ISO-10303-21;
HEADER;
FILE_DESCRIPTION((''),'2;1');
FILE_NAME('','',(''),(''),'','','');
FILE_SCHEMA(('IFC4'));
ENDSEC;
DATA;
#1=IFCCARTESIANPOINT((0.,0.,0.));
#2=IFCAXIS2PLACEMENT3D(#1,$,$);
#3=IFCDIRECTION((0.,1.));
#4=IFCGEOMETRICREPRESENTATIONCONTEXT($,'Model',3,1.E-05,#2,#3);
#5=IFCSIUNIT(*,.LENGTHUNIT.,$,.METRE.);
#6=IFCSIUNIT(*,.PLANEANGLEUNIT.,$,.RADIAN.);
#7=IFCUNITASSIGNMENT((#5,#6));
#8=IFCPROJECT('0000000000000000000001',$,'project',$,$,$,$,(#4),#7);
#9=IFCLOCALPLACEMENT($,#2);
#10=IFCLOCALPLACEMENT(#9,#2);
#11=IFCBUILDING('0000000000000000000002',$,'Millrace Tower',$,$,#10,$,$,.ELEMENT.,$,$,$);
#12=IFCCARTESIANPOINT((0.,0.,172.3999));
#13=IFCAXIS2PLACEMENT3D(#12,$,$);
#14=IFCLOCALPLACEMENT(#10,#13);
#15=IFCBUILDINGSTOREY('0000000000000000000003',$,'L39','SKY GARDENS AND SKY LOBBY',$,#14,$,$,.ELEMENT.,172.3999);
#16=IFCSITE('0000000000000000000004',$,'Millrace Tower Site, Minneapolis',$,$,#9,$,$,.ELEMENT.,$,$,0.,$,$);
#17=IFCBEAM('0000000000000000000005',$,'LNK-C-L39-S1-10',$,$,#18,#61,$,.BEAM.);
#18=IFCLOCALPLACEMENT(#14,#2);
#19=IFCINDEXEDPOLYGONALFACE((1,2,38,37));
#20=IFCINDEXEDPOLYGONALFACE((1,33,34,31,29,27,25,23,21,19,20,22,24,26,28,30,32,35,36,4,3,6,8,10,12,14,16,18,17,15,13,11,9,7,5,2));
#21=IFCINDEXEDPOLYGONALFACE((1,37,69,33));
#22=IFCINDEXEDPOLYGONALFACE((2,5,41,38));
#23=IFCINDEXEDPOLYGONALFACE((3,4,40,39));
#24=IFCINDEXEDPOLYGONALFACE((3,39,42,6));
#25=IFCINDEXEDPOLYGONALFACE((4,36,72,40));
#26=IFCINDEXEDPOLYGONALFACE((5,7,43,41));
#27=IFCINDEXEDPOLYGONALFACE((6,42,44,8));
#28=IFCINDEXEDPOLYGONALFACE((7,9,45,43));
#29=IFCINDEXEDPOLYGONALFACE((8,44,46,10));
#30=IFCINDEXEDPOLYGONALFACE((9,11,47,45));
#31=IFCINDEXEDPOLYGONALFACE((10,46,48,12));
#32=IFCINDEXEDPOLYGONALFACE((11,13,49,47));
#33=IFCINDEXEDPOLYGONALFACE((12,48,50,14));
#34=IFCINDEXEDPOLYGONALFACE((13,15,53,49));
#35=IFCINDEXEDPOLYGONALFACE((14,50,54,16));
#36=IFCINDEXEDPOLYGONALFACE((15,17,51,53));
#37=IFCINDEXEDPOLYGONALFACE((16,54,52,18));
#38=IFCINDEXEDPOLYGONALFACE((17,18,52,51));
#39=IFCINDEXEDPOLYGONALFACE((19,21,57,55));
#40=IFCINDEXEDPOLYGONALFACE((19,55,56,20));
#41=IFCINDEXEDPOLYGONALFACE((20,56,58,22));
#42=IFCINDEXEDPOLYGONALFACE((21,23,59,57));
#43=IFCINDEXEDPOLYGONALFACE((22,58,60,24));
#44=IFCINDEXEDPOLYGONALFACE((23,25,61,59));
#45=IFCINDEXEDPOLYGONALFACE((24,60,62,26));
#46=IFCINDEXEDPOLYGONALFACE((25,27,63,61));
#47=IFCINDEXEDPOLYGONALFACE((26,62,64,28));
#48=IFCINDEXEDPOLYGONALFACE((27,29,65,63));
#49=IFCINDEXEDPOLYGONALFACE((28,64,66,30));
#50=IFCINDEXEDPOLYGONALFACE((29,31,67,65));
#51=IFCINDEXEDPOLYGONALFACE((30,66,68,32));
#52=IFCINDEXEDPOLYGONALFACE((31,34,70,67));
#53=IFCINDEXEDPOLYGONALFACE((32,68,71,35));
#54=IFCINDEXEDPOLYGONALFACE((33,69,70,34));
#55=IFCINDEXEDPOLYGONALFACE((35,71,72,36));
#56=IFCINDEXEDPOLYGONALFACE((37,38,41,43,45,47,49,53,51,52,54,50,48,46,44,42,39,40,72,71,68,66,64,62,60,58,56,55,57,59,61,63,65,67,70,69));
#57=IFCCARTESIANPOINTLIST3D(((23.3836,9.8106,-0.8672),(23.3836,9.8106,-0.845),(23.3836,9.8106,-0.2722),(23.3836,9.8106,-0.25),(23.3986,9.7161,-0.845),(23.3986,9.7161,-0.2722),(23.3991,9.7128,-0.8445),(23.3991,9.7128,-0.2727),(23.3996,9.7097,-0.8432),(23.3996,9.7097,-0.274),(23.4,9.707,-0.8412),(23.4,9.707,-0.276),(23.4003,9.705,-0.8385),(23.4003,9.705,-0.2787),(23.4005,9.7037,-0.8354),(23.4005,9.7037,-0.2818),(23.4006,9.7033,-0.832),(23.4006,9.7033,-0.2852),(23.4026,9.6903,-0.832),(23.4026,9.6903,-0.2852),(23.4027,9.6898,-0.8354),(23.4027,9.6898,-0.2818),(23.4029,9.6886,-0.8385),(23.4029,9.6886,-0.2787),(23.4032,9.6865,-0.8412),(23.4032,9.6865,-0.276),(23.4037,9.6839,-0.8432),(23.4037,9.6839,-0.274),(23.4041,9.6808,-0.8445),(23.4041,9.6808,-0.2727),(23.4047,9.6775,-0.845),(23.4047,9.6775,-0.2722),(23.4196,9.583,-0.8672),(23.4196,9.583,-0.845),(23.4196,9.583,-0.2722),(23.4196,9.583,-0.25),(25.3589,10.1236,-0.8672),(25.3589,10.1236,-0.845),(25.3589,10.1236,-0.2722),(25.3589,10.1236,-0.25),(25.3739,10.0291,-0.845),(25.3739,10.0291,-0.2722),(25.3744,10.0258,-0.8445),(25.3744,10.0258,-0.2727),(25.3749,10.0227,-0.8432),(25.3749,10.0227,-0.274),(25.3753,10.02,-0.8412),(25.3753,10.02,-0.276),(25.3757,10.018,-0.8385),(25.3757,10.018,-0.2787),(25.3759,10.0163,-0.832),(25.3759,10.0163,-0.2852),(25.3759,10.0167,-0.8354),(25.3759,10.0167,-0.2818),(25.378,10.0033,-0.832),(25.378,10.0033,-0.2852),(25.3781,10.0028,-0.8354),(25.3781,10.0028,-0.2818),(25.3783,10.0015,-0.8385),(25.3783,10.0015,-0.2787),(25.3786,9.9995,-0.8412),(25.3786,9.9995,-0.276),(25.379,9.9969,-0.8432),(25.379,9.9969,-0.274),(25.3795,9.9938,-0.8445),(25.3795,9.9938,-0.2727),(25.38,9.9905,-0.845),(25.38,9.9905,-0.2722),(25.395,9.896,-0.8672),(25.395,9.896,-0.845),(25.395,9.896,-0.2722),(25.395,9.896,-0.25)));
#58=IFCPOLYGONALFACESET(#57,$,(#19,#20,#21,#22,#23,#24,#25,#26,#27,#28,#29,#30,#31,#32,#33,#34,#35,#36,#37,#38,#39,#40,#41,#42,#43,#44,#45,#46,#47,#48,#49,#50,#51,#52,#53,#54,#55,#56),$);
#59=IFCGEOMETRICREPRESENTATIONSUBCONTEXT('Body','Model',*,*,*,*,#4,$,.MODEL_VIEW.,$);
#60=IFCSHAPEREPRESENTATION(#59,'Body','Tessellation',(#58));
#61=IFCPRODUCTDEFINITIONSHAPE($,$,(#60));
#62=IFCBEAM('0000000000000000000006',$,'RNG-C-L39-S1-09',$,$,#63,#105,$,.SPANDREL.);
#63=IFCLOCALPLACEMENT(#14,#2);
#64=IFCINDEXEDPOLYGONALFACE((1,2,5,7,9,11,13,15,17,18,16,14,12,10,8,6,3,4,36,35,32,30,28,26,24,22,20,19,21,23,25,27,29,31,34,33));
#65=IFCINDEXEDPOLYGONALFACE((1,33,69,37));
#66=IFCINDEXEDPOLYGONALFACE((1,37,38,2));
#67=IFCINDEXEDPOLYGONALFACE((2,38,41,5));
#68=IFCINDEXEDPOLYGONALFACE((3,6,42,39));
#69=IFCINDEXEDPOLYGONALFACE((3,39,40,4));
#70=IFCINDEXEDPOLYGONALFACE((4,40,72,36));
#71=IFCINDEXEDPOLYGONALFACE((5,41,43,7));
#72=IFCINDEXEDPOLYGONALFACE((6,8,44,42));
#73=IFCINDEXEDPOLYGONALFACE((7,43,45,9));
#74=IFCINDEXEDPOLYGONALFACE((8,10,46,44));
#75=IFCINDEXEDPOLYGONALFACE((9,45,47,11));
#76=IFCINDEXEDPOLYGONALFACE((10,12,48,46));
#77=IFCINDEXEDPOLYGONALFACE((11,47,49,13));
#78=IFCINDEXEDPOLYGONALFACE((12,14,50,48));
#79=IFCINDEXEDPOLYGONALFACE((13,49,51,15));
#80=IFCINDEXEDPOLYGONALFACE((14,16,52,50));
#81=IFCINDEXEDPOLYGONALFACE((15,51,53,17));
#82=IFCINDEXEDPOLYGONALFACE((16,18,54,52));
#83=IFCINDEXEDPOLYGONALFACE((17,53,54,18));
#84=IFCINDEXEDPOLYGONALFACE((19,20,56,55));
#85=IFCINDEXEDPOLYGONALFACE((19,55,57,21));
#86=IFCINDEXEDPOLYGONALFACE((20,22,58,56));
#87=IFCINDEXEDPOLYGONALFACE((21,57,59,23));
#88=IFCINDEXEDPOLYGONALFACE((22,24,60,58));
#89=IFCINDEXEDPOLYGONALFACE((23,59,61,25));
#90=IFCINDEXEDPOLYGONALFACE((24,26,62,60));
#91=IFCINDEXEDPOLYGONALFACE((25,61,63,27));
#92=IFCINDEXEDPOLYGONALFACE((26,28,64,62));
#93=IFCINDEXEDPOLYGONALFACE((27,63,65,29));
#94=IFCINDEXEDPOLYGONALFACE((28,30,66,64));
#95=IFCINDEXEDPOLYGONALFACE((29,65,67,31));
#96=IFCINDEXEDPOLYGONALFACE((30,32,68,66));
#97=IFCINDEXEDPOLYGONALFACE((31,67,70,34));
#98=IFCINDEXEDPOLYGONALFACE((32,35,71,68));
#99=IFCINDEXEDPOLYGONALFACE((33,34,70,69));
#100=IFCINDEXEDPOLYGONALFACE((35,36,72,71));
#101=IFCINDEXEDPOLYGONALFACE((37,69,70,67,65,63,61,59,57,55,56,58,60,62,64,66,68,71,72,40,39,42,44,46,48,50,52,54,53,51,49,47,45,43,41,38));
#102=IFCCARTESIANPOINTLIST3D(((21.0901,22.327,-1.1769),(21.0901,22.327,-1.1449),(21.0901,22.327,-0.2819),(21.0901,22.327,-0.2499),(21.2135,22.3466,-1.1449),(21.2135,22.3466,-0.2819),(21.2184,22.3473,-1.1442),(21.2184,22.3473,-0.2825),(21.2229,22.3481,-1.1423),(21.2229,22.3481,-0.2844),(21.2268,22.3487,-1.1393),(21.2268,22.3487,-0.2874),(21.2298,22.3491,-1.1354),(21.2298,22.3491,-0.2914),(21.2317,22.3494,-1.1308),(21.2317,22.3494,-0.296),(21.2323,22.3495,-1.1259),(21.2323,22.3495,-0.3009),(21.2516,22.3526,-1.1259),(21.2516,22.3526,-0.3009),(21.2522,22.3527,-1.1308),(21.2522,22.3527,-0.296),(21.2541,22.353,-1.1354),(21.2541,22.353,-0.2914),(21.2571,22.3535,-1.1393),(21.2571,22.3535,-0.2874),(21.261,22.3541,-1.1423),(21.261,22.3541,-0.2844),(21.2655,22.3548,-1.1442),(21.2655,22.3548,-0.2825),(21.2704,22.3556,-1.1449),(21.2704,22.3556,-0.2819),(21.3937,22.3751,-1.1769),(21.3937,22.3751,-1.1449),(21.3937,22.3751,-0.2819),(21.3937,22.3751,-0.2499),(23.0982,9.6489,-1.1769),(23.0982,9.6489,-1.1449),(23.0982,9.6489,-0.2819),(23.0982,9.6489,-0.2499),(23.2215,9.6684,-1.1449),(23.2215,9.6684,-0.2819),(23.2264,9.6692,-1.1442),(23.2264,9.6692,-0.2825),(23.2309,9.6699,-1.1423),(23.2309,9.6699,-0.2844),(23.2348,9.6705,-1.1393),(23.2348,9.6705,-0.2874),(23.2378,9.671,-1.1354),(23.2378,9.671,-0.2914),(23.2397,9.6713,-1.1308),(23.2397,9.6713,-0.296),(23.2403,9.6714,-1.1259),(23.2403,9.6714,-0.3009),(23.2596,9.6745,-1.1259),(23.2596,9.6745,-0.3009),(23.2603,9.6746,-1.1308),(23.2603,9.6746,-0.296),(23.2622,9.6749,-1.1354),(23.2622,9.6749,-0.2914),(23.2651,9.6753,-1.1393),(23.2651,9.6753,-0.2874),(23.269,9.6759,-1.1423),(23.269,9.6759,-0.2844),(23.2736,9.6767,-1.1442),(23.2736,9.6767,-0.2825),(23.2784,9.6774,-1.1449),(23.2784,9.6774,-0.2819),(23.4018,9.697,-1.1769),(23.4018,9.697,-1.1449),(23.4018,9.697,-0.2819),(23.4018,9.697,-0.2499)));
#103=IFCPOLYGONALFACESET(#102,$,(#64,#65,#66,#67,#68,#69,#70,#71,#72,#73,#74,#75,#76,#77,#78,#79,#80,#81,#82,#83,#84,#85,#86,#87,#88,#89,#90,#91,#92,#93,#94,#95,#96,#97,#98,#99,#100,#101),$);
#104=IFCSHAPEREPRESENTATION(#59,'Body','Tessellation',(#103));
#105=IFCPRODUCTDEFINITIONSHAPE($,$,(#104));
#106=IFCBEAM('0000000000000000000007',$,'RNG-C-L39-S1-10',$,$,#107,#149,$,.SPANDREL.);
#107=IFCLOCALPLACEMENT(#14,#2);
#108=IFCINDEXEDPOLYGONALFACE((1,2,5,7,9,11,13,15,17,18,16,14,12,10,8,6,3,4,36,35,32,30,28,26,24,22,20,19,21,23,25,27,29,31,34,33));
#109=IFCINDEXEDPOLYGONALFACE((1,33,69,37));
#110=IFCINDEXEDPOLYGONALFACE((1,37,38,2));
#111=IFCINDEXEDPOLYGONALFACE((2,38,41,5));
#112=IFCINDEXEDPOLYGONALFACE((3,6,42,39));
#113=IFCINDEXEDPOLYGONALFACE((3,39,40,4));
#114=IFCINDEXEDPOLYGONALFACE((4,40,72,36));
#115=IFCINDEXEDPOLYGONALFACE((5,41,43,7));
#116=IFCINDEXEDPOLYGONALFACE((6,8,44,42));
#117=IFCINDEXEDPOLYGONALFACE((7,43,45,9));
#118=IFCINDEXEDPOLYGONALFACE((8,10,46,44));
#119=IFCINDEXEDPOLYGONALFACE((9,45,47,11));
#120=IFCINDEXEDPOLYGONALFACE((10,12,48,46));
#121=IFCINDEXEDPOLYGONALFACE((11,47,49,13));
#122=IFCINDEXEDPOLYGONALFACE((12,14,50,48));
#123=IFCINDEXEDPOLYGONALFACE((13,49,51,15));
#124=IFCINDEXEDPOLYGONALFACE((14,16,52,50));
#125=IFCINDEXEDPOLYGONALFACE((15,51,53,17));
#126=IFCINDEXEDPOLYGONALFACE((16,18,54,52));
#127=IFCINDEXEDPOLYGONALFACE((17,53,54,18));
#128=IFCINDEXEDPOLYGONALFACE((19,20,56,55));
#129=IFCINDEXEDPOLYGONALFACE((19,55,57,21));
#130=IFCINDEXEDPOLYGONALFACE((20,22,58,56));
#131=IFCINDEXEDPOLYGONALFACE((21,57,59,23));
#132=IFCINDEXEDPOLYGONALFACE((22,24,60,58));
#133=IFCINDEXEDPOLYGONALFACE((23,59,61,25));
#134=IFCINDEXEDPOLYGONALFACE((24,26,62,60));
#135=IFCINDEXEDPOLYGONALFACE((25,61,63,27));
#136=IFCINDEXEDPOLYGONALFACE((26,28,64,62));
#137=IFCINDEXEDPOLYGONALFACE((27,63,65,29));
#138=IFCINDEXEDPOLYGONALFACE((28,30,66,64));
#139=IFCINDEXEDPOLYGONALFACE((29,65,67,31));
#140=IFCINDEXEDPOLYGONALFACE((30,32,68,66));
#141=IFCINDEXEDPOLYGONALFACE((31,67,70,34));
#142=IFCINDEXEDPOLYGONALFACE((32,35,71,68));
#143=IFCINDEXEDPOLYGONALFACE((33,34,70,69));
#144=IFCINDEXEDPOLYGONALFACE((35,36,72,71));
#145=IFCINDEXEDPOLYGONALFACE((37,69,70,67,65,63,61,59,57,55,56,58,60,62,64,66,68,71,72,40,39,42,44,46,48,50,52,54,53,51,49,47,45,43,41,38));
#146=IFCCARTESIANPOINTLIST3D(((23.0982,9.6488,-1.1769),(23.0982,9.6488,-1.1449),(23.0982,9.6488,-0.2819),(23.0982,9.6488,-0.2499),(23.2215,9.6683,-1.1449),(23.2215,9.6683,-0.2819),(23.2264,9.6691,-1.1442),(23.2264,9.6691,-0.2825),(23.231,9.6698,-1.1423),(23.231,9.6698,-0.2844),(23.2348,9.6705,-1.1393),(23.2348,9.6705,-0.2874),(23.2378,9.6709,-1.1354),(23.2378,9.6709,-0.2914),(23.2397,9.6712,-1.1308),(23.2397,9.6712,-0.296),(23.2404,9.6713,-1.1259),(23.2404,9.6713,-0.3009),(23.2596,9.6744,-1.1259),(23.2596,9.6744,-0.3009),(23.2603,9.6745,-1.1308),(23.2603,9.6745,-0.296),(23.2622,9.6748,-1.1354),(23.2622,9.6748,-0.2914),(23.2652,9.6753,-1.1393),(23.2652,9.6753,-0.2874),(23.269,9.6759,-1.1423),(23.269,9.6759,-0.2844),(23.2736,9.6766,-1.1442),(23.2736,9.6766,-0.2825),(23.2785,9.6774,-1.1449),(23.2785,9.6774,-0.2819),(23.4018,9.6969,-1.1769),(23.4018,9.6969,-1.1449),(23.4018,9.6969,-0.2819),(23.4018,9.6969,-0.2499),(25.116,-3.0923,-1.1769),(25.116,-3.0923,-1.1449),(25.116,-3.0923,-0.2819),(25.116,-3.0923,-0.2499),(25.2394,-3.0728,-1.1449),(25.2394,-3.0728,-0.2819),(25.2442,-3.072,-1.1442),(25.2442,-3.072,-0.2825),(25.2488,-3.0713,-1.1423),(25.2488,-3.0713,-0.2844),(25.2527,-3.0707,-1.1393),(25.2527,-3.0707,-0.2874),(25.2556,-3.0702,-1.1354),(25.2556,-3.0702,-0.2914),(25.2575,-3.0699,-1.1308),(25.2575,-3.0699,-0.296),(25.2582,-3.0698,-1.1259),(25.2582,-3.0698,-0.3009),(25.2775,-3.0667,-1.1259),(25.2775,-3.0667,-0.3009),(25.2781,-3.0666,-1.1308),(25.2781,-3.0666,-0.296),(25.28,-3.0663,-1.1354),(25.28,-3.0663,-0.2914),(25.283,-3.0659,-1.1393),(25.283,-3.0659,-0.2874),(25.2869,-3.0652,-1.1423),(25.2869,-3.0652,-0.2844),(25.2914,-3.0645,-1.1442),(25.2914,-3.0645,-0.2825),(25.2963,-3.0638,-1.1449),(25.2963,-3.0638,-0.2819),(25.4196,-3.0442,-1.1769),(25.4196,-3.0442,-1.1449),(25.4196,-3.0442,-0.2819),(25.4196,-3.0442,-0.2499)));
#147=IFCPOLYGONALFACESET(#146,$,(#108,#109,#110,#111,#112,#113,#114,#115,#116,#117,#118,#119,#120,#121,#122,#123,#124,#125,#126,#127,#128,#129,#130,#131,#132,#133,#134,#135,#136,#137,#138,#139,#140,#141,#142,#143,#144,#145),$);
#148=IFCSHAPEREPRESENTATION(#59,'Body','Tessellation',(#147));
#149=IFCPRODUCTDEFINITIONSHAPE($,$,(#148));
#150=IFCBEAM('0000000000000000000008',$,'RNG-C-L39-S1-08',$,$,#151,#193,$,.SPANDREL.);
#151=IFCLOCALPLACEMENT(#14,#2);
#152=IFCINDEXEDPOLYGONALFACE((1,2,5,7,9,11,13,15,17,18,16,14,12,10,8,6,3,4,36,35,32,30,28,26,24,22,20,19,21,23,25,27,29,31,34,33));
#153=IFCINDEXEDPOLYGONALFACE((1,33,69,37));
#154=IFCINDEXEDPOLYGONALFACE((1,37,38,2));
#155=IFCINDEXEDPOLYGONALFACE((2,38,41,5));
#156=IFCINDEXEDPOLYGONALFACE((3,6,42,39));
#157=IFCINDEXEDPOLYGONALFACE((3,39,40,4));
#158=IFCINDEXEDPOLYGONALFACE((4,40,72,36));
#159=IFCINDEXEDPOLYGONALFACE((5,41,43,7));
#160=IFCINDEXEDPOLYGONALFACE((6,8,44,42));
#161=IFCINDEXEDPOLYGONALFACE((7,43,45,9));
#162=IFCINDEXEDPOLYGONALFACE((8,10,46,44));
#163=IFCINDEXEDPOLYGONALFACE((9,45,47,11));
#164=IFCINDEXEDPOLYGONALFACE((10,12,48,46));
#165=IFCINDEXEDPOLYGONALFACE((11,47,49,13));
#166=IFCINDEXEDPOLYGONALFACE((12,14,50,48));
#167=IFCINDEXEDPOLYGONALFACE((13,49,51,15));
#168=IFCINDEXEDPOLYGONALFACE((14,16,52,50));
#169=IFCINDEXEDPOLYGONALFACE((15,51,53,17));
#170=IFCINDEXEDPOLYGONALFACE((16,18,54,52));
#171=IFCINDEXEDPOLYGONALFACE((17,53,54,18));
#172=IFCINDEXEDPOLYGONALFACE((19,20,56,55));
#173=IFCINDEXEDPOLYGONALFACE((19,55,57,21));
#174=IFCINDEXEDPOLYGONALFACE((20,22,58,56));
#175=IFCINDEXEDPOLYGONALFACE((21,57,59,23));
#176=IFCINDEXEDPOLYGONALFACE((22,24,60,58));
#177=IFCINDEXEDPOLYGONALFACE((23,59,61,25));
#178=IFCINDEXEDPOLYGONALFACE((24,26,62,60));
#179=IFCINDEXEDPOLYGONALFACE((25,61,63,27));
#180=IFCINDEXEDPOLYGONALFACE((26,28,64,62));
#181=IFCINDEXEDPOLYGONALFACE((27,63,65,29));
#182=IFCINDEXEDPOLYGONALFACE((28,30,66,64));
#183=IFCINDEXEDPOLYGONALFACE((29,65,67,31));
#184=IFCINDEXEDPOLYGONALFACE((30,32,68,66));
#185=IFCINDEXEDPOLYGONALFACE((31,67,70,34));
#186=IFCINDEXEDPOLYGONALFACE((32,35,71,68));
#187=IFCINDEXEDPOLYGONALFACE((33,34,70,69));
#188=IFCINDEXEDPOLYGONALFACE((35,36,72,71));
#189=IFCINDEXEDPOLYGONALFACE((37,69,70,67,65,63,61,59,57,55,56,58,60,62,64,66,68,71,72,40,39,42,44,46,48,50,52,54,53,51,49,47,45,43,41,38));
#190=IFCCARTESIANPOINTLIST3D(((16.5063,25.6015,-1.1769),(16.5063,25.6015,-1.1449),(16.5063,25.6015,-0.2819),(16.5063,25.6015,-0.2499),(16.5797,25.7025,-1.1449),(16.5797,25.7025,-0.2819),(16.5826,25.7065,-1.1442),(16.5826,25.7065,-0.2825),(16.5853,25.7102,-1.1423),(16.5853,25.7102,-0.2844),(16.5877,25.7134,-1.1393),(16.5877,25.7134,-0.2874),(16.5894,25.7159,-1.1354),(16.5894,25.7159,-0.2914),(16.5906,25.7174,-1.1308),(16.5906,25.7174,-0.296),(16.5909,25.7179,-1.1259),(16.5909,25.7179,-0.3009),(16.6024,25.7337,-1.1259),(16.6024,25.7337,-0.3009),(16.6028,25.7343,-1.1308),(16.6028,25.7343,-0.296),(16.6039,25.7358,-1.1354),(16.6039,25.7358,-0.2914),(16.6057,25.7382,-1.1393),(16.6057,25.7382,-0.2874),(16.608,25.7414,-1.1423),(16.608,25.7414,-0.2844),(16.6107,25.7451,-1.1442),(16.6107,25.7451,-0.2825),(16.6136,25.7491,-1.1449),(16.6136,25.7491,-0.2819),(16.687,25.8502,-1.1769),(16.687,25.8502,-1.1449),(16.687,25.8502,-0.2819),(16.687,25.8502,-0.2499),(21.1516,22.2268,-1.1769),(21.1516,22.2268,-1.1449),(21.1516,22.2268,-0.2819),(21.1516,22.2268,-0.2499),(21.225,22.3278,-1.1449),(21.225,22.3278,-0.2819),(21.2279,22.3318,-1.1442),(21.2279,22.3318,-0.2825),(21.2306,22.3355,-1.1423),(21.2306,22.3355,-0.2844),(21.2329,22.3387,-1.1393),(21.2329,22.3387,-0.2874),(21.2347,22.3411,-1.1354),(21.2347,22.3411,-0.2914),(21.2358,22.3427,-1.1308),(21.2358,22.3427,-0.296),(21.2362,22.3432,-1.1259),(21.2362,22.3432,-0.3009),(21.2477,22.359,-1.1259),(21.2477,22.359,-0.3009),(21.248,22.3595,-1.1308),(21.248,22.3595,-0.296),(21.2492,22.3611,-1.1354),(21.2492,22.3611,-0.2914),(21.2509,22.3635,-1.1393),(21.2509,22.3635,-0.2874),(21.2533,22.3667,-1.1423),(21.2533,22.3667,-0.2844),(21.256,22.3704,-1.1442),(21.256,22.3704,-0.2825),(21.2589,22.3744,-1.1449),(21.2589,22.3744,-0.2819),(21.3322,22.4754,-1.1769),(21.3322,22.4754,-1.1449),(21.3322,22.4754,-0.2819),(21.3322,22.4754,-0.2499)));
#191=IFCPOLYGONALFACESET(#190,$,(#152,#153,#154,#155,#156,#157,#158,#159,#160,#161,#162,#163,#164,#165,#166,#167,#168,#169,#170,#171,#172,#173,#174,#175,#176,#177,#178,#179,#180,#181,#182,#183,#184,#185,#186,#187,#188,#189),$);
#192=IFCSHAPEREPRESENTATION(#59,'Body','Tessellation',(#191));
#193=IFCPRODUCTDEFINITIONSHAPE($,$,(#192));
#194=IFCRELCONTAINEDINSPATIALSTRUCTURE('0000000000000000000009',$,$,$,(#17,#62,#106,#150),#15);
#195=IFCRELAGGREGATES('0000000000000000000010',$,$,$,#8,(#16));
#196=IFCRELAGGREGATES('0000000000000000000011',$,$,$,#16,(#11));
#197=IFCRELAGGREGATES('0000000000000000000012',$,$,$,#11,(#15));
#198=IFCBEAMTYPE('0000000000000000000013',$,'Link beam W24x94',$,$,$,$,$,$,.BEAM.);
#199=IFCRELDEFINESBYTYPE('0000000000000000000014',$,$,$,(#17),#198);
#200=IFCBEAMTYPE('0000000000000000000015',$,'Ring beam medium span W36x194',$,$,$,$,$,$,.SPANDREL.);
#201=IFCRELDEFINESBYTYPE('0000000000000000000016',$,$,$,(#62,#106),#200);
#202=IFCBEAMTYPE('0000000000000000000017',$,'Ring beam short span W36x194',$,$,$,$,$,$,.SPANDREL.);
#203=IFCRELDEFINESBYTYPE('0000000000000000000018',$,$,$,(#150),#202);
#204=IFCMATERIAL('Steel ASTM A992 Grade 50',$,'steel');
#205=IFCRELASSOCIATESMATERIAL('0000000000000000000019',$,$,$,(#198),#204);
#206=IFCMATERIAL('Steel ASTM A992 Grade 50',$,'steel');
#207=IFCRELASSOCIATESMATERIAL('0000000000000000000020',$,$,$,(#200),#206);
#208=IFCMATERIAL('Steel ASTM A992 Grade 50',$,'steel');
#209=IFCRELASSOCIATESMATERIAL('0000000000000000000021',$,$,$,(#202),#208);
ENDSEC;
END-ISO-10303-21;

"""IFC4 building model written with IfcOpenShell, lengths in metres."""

from ifc_helpers import new_model, si_unit, direction, frame, origin, origin_2d, place, context, subcontext, project, spatial, i_section, extrude, material, material_profile, profile_set, type_object, element, save


model = new_model("IFC4")

# Units and contexts
model_context = context("Model", 3, precision=1e-05, world=origin(), true_north=direction((0.0, 1.0)))
body_context = subcontext(model_context, "Body", "Model", "MODEL_VIEW")
ifc_project = project(units=[si_unit("LENGTHUNIT", "METRE"), si_unit("PLANEANGLEUNIT", "RADIAN")], contexts=[model_context])

# Site, building, storey
site_placement = place(None, origin())
site = spatial("IfcSite", under=ifc_project, at=site_placement, Name="Millrace Tower Site, Minneapolis", CompositionType="ELEMENT", RefElevation=0.0)
building_placement = place(site_placement, origin())
building = spatial("IfcBuilding", under=site, at=building_placement, Name="Millrace Tower", CompositionType="ELEMENT")
storey_placement = place(building_placement, frame((0.0, 0.0, 172.3999)))
storey = spatial("IfcBuildingStorey", under=building, at=storey_placement, Name="L39", Description="SKY GARDENS AND SKY LOBBY", CompositionType="ELEMENT", Elevation=172.3999)

# Beams
ifc_material_1 = material(Name="Steel ASTM A992 Grade 50", Category="steel")
ifc_material_profile_1 = material_profile(ifc_material_1, i_section(OverallWidth=0.2305, OverallDepth=0.6172, WebThickness=0.0132, FlangeThickness=0.0222, FilletRadius=0.0129, at=origin_2d()))
ifc_profile_set_1 = profile_set([ifc_material_profile_1], Name="Steel ASTM A992 Grade 50")
beam_type_1 = type_object("IfcBeamType", Name="Link beam W24x94", PredefinedType="BEAM", material=ifc_profile_set_1)
beam_1_placement = place(storey_placement, frame((23.4016, 9.6968, -0.5586), z_axis=(0.987679, 0.156495, 0.0), x_axis=(-0.156495, 0.987679, 0.0)))
element("IfcBeam", 1, at=beam_1_placement, inside=storey, type_object=beam_type_1, Name="LNK-C-L39-S1-10", PredefinedType="BEAM", context=body_context, shape_type="SweptSolid", body=[
    extrude(i_section(OverallWidth=0.2305, OverallDepth=0.6172, WebThickness=0.0132, FlangeThickness=0.0222, FilletRadius=0.0129, at=origin_2d()), origin(), (0.0, 0.0, 1.0), 2.0),
])
ifc_material_2 = material(Name="Steel ASTM A992 Grade 50", Category="steel")
ifc_material_profile_2 = material_profile(ifc_material_2, i_section(OverallWidth=0.3074, OverallDepth=0.927, WebThickness=0.0195, FlangeThickness=0.032, FilletRadius=0.019, at=origin_2d()))
ifc_profile_set_2 = profile_set([ifc_material_profile_2], Name="Steel ASTM A992 Grade 50")
beam_type_2 = type_object("IfcBeamType", Name="Ring beam medium span W36x194", PredefinedType="SPANDREL", material=ifc_profile_set_2)
beam_2_placement = place(storey_placement, frame((21.2419, 22.3511, -0.7134), z_axis=(0.156436, -0.987688, 0.0), x_axis=(0.987688, 0.156436, 0.0)))
element("IfcBeam", 2, at=beam_2_placement, inside=storey, type_object=beam_type_2, Name="RNG-C-L39-S1-09", PredefinedType="SPANDREL", context=body_context, shape_type="SweptSolid", body=[
    extrude(i_section(OverallWidth=0.3074, OverallDepth=0.927, WebThickness=0.0195, FlangeThickness=0.032, FilletRadius=0.019, at=origin_2d()), origin(), (0.0, 0.0, 1.0), 12.8362),
])
beam_3_placement = place(storey_placement, frame((23.25, 9.6729, -0.7134), z_axis=(0.15642, -0.987691, 0.0), x_axis=(0.987691, 0.15642, 0.0)))
element("IfcBeam", 3, at=beam_3_placement, inside=storey, type_object=beam_type_2, Name="RNG-C-L39-S1-10", PredefinedType="SPANDREL", context=body_context, shape_type="SweptSolid", body=[
    extrude(i_section(OverallWidth=0.3074, OverallDepth=0.927, WebThickness=0.0195, FlangeThickness=0.032, FilletRadius=0.019, at=origin_2d()), origin(), (0.0, 0.0, 1.0), 12.8999),
])
ifc_material_3 = material(Name="Steel ASTM A992 Grade 50", Category="steel")
ifc_material_profile_3 = material_profile(ifc_material_3, i_section(OverallWidth=0.3074, OverallDepth=0.927, WebThickness=0.0195, FlangeThickness=0.032, FilletRadius=0.019, at=origin_2d()))
ifc_profile_set_3 = profile_set([ifc_material_profile_3], Name="Steel ASTM A992 Grade 50")
beam_type_3 = type_object("IfcBeamType", Name="Ring beam short span W36x194", PredefinedType="SPANDREL", material=ifc_profile_set_3)
beam_4_placement = place(storey_placement, frame((16.5967, 25.7258, -0.7134), z_axis=(0.809036, -0.58776, 0.0), x_axis=(0.58776, 0.809036, 0.0)))
element("IfcBeam", 4, at=beam_4_placement, inside=storey, type_object=beam_type_3, Name="RNG-C-L39-S1-08", PredefinedType="SPANDREL", context=body_context, shape_type="SweptSolid", body=[
    extrude(i_section(OverallWidth=0.3074, OverallDepth=0.927, WebThickness=0.0195, FlangeThickness=0.032, FilletRadius=0.019, at=origin_2d()), origin(), (0.0, 0.0, 1.0), 5.7417),
])

save(model, "model.ifc")
